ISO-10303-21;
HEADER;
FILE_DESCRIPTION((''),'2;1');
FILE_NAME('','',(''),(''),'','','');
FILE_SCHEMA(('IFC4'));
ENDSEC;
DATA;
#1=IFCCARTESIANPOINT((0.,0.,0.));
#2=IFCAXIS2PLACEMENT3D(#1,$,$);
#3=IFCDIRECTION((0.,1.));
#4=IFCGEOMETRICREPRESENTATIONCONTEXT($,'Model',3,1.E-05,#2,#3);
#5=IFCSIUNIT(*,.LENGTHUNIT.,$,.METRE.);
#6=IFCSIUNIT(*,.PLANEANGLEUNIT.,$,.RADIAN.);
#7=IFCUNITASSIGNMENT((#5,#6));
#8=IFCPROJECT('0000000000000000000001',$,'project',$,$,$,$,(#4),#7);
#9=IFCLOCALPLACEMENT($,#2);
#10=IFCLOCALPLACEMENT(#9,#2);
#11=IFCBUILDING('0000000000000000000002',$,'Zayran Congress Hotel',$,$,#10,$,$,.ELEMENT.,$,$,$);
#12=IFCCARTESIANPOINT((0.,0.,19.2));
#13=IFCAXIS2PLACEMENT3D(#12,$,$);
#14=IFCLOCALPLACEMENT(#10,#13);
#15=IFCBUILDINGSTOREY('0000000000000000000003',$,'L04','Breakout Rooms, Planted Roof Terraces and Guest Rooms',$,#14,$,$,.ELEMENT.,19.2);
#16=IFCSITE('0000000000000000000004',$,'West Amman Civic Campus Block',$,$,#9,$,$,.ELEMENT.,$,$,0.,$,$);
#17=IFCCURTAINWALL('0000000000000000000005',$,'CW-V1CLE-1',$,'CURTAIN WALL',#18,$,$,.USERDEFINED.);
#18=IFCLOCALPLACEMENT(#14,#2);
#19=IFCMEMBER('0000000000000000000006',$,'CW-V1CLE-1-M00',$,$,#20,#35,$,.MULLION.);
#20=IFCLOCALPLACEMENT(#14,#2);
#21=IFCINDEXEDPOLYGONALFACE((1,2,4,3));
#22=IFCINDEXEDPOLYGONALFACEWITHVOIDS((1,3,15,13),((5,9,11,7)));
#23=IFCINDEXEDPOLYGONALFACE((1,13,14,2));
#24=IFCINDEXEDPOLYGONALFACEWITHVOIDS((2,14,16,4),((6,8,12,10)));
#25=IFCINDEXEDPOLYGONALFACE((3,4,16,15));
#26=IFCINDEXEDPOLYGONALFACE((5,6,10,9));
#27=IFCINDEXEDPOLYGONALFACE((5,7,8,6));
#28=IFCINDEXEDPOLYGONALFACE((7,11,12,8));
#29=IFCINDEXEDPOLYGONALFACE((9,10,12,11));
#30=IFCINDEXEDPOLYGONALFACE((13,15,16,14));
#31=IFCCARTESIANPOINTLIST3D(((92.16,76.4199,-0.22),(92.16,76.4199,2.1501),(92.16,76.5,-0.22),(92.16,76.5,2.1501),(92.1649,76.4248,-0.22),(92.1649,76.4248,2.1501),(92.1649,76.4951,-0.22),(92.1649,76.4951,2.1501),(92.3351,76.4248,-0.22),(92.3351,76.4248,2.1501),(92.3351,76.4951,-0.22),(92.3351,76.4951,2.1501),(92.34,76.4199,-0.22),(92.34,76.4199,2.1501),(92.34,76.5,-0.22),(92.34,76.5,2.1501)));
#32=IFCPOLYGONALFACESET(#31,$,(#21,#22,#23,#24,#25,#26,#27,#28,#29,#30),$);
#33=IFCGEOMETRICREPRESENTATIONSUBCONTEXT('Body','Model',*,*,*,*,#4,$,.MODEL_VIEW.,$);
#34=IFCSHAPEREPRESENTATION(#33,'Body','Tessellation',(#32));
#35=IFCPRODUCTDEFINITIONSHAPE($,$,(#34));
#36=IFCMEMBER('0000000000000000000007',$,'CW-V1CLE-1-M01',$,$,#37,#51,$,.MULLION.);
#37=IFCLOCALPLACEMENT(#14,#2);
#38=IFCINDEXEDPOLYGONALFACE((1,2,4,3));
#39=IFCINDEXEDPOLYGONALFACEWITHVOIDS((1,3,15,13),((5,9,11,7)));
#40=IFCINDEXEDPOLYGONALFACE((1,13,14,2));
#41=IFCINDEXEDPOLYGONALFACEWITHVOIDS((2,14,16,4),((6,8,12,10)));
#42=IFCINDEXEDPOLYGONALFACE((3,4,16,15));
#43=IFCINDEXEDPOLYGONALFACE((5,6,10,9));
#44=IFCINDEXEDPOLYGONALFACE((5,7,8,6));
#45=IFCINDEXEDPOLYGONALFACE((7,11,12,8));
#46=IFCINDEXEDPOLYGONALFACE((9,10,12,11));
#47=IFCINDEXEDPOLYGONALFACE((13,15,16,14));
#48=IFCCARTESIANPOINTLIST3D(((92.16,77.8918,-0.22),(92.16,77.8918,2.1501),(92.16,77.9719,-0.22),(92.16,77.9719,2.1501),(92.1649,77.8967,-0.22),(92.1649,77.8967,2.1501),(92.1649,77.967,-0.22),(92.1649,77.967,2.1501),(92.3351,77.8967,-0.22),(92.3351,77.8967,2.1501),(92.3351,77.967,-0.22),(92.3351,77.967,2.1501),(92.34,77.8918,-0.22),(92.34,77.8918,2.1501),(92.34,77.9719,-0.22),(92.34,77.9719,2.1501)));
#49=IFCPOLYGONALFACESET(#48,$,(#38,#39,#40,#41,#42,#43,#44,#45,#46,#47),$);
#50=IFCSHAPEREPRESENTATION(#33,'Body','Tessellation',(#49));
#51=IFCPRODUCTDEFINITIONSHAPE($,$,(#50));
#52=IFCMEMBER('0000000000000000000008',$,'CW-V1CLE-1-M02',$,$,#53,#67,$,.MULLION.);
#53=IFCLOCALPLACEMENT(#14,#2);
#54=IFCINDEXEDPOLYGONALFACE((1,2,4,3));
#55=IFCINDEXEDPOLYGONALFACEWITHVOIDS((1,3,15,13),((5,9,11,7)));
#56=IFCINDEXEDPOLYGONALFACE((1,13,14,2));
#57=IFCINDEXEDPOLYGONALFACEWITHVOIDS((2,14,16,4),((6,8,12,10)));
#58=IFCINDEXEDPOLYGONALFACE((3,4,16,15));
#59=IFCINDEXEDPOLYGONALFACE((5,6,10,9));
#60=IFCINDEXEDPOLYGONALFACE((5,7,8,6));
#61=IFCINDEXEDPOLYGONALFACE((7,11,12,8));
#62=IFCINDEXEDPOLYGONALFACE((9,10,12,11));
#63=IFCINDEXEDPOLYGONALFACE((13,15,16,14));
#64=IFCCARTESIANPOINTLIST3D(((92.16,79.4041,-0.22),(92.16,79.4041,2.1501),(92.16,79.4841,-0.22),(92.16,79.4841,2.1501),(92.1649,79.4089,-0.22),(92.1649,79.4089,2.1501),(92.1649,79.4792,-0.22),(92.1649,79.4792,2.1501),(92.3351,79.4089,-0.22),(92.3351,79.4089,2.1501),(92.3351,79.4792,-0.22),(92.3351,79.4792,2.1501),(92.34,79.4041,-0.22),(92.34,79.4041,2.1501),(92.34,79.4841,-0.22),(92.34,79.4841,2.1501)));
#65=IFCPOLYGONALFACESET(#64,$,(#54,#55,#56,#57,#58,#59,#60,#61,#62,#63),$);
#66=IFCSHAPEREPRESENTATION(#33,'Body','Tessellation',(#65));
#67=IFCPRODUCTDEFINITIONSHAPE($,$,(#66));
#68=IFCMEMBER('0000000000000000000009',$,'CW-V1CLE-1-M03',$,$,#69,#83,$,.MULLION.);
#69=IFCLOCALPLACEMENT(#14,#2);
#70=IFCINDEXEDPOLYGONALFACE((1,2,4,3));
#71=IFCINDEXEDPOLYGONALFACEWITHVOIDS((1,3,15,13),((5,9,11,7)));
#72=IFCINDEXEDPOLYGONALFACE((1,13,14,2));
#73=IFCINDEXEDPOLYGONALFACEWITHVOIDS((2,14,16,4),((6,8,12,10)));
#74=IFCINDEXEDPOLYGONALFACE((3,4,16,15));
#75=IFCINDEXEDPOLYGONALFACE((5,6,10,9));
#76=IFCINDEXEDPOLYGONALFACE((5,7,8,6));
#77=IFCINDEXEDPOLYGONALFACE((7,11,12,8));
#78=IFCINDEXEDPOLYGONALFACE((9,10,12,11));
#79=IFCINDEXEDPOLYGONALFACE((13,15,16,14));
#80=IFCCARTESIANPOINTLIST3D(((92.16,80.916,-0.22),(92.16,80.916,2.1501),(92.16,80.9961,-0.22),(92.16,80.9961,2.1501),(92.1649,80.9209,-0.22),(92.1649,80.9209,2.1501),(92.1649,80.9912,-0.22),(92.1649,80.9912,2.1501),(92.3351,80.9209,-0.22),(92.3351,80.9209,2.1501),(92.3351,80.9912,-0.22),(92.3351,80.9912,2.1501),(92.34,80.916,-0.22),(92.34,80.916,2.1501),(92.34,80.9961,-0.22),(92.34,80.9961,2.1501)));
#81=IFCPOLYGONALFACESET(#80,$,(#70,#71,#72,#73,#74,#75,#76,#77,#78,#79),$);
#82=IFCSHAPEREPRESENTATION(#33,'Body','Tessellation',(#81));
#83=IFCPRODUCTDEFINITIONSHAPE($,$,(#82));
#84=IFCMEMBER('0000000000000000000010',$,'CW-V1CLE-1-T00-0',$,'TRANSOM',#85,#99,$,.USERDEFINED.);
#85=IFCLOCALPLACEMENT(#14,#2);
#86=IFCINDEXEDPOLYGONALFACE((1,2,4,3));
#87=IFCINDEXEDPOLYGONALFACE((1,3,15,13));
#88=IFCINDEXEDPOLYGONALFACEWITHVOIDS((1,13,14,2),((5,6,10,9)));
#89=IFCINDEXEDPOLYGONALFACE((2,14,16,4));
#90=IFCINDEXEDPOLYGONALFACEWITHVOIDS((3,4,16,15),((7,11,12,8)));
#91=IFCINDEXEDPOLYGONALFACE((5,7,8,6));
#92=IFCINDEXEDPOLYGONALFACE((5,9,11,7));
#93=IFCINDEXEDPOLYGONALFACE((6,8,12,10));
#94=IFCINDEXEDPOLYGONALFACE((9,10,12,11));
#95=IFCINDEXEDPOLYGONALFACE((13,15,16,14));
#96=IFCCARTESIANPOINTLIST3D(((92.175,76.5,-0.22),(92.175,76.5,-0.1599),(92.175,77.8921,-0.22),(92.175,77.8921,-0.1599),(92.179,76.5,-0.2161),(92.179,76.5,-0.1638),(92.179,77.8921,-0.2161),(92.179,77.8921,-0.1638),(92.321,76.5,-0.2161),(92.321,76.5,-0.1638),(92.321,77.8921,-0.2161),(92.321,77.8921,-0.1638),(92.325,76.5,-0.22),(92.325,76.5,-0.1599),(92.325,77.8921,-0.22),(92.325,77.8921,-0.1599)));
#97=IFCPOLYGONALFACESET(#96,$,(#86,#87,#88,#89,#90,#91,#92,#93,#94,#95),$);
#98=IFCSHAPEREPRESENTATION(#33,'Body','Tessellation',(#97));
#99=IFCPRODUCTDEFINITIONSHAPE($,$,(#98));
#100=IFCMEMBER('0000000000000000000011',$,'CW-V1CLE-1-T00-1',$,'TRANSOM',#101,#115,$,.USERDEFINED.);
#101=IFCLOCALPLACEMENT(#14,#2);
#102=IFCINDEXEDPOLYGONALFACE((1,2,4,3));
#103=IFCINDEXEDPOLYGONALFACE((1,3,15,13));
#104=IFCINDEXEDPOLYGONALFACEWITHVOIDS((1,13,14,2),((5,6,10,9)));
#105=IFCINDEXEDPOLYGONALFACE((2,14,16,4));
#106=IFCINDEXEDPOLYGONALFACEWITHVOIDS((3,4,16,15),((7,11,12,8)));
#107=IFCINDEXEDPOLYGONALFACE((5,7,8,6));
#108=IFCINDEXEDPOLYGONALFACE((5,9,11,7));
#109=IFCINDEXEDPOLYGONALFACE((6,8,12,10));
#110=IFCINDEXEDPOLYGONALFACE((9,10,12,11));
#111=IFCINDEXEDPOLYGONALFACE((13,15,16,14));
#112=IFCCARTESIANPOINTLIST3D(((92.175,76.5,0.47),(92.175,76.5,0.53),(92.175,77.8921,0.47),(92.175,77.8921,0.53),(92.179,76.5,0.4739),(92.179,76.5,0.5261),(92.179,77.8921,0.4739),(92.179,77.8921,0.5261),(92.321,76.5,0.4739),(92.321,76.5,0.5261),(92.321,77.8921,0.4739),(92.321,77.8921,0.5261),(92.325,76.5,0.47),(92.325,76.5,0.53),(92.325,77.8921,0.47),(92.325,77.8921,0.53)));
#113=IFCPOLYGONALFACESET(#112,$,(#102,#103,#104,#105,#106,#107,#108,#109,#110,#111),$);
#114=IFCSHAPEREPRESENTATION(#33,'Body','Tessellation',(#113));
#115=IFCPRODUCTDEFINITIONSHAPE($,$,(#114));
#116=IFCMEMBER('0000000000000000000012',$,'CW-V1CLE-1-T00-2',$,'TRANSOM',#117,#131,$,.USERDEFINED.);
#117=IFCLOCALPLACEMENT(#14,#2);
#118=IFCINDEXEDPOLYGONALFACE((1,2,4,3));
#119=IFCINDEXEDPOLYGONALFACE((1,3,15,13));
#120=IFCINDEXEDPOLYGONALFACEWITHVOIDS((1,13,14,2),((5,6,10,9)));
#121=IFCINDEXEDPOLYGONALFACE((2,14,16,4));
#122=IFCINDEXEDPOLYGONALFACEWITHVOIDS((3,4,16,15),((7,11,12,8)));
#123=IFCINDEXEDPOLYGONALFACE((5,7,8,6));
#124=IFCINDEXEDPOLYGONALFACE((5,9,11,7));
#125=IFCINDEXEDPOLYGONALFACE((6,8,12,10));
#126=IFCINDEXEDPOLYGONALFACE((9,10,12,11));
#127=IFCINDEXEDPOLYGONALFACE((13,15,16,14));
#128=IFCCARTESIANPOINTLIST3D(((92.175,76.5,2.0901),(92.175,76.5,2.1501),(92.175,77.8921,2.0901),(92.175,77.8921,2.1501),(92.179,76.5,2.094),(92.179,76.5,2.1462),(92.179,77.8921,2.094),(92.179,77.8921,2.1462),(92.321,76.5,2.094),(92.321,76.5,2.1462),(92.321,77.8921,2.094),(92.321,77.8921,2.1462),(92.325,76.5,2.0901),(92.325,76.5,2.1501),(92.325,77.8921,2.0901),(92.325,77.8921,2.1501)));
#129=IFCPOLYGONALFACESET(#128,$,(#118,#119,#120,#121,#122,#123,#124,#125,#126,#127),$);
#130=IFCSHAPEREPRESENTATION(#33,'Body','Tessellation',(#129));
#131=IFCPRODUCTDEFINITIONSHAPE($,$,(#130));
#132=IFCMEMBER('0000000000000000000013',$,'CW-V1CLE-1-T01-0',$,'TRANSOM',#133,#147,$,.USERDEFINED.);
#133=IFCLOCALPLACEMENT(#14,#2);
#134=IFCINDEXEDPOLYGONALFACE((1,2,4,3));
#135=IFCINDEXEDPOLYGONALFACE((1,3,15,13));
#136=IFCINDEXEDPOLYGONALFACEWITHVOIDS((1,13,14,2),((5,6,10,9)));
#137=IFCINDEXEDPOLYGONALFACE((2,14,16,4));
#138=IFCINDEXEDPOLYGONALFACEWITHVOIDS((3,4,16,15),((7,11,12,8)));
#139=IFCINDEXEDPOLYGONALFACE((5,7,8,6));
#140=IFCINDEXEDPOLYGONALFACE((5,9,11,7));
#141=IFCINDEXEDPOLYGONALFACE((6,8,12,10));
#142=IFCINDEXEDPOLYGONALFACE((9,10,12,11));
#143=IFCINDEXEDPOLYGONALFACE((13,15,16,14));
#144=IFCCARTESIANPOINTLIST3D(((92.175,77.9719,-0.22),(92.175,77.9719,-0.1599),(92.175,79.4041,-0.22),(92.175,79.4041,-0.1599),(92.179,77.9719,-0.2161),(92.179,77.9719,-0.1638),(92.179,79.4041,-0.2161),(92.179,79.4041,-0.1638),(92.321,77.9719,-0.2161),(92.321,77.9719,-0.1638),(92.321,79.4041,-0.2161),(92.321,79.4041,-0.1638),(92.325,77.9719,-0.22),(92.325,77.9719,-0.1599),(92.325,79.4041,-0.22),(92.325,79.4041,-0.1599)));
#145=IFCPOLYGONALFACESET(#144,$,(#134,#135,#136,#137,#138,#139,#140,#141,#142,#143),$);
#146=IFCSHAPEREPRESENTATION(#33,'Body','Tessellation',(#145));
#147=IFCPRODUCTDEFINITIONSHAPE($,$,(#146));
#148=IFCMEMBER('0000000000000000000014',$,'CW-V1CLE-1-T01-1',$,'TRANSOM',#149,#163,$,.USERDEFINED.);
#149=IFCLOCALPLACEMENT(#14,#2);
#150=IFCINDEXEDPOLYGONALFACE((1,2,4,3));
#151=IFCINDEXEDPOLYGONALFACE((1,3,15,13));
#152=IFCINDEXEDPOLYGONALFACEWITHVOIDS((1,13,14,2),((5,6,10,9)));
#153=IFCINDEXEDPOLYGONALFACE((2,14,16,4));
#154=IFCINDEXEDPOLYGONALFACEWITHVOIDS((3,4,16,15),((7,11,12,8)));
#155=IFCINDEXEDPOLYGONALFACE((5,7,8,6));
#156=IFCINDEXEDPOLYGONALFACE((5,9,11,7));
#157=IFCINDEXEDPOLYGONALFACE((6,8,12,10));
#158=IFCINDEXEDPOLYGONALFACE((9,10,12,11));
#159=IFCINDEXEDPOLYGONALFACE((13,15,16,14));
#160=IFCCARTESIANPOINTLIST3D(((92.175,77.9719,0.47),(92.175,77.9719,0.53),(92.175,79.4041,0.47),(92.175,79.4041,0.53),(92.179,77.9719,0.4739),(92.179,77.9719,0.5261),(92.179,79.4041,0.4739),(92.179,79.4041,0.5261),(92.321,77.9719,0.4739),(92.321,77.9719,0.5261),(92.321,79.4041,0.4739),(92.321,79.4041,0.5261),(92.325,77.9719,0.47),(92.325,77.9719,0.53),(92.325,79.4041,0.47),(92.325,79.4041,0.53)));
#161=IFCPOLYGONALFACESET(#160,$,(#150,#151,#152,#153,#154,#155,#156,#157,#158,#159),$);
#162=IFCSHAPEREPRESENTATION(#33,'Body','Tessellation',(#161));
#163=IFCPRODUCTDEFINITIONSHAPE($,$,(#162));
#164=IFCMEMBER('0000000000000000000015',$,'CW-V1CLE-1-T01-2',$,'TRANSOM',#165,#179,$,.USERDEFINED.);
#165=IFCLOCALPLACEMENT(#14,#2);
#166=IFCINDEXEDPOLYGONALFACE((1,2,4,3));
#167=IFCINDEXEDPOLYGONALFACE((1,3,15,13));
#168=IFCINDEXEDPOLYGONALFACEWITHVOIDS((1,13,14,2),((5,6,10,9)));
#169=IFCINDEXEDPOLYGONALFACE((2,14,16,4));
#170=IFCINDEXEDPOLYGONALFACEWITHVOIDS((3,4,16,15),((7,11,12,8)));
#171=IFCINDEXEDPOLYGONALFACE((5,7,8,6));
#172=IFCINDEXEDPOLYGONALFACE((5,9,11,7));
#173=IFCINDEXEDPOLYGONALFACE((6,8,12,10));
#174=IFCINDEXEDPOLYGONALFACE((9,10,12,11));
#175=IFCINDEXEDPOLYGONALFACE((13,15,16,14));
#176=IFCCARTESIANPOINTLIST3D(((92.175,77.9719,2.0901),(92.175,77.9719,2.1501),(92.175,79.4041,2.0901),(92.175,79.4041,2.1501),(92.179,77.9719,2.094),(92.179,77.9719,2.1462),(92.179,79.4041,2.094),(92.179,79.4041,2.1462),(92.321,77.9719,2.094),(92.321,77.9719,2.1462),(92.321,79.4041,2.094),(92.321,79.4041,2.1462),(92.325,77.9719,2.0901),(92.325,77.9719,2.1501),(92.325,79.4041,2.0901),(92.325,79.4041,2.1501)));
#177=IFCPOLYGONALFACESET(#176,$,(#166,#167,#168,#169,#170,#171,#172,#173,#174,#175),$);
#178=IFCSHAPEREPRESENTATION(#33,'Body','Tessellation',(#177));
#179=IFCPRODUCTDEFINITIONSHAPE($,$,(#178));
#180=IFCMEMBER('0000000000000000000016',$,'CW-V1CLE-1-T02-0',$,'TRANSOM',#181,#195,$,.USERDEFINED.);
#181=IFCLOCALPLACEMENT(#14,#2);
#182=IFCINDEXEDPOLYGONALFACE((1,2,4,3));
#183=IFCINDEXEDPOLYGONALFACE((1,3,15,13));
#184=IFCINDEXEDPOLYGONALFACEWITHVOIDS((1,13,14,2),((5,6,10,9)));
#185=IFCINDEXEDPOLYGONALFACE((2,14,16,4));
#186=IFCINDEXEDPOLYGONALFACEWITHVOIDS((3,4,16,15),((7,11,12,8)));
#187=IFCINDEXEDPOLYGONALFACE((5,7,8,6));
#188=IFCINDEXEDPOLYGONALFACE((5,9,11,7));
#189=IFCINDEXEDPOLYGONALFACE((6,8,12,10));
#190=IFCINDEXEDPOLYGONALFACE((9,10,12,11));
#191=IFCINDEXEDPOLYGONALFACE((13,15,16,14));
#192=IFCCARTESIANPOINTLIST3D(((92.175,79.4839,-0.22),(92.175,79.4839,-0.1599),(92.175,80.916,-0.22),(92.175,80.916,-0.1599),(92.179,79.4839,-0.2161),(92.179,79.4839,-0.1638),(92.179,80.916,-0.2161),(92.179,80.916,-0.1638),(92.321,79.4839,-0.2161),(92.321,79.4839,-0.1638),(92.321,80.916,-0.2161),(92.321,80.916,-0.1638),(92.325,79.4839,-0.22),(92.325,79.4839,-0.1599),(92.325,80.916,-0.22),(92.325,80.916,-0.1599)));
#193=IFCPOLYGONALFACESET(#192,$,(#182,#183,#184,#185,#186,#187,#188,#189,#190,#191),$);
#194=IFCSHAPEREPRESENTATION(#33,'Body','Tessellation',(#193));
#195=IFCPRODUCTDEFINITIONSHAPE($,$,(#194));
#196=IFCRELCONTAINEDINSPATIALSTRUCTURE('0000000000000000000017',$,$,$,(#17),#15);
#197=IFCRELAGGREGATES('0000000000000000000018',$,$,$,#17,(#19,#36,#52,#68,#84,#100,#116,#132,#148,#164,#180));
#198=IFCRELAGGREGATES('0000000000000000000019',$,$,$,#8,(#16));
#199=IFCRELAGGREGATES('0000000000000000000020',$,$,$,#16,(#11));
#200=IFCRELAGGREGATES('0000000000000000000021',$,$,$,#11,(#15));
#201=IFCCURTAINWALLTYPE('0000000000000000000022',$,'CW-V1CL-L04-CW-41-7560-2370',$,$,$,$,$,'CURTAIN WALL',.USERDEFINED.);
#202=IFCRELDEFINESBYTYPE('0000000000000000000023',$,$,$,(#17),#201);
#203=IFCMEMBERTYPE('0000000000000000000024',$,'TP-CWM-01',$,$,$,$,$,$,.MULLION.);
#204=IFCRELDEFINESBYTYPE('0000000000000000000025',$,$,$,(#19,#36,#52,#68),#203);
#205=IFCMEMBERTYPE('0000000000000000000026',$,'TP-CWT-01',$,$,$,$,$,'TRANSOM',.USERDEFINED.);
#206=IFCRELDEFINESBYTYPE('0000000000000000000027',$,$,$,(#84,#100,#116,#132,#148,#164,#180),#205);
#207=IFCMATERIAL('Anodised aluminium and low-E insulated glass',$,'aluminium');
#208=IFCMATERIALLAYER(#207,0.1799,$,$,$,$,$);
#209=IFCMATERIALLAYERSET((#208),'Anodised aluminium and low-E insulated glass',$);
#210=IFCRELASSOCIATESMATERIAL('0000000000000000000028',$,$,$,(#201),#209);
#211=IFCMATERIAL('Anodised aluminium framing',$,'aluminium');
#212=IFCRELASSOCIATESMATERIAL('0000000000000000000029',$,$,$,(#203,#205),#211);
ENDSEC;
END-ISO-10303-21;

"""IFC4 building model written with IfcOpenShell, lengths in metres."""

from ifc_helpers import new_model, si_unit, direction, frame, origin, origin_2d, place, context, subcontext, project, spatial, hollow_rectangle, extrude, material, layer, layer_set, material_profile, profile_set, type_object, element, aggregate, save


model = new_model("IFC4")

# Units and contexts
model_context = context("Model", 3, precision=1e-05, world=origin(), true_north=direction((0.0, 1.0)))
body_context = subcontext(model_context, "Body", "Model", "MODEL_VIEW")
ifc_project = project(units=[si_unit("LENGTHUNIT", "METRE"), si_unit("PLANEANGLEUNIT", "RADIAN")], contexts=[model_context])

# Site, building, storey
site_placement = place(None, origin())
site = spatial("IfcSite", under=ifc_project, at=site_placement, Name="West Amman Civic Campus Block", CompositionType="ELEMENT", RefElevation=0.0)
building_placement = place(site_placement, origin())
building = spatial("IfcBuilding", under=site, at=building_placement, Name="Zayran Congress Hotel", CompositionType="ELEMENT")
storey_placement = place(building_placement, frame((0.0, 0.0, 19.2)))
storey = spatial("IfcBuildingStorey", under=building, at=storey_placement, Name="L04", Description="Breakout Rooms, Planted Roof Terraces and Guest Rooms", CompositionType="ELEMENT", Elevation=19.2)

# Curtain wall, members
ifc_material_1 = material(Name="Anodised aluminium and low-E insulated glass", Category="aluminium")
ifc_layer_1 = layer(ifc_material_1, 0.1799)
ifc_layer_set_1 = layer_set([ifc_layer_1], Name="Anodised aluminium and low-E insulated glass")
curtain_wall_type = type_object("IfcCurtainWallType", Name="CW-V1CL-L04-CW-41-7560-2370", ElementType="CURTAIN WALL", PredefinedType="USERDEFINED", material=ifc_layer_set_1)
curtain_wall_placement = place(storey_placement, origin())
curtain_wall = element("IfcCurtainWall", 1, at=curtain_wall_placement, inside=storey, type_object=curtain_wall_type, Name="CW-V1CLE-1", ObjectType="CURTAIN WALL", PredefinedType="USERDEFINED")
ifc_material_2 = material(Name="Anodised aluminium framing", Category="aluminium")
ifc_material_profile_1 = material_profile(ifc_material_2, hollow_rectangle(XDim=0.0801, YDim=0.1799, WallThickness=0.0049, at=origin_2d()), Name="RHS 180x80x5")
ifc_profile_set_1 = profile_set([ifc_material_profile_1], Name="Anodised aluminium framing")
member_type_1 = type_object("IfcMemberType", Name="TP-CWM-01", PredefinedType="MULLION", material=ifc_profile_set_1)
member_1_placement = place(storey_placement, frame((92.25, 76.46, -0.22), z_axis=(0.0, 0.0, 1.0), x_axis=(0.0, 1.0, 0.0)))
member_1 = element("IfcMember", 2, at=member_1_placement, type_object=member_type_1, Name="CW-V1CLE-1-M00", PredefinedType="MULLION", context=body_context, shape_type="SweptSolid", body=[
    extrude(hollow_rectangle(XDim=0.0801, YDim=0.1799, WallThickness=0.0049, at=origin_2d()), origin(), (0.0, 0.0, 1.0), 2.3701),
])
member_2_placement = place(storey_placement, frame((92.25, 77.9319, -0.22), z_axis=(0.0, 0.0, 1.0), x_axis=(0.0, 1.0, 0.0)))
member_2 = element("IfcMember", 3, at=member_2_placement, type_object=member_type_1, Name="CW-V1CLE-1-M01", PredefinedType="MULLION", context=body_context, shape_type="SweptSolid", body=[
    extrude(hollow_rectangle(XDim=0.0801, YDim=0.1799, WallThickness=0.0049, at=origin_2d()), origin(), (0.0, 0.0, 1.0), 2.3701),
])
member_3_placement = place(storey_placement, frame((92.25, 79.4441, -0.22), z_axis=(0.0, 0.0, 1.0), x_axis=(0.0, 1.0, 0.0)))
member_3 = element("IfcMember", 4, at=member_3_placement, type_object=member_type_1, Name="CW-V1CLE-1-M02", PredefinedType="MULLION", context=body_context, shape_type="SweptSolid", body=[
    extrude(hollow_rectangle(XDim=0.0801, YDim=0.1799, WallThickness=0.0049, at=origin_2d()), origin(), (0.0, 0.0, 1.0), 2.3701),
])
member_4_placement = place(storey_placement, frame((92.25, 80.9561, -0.22), z_axis=(0.0, 0.0, 1.0), x_axis=(0.0, 1.0, 0.0)))
member_4 = element("IfcMember", 5, at=member_4_placement, type_object=member_type_1, Name="CW-V1CLE-1-M03", PredefinedType="MULLION", context=body_context, shape_type="SweptSolid", body=[
    extrude(hollow_rectangle(XDim=0.0801, YDim=0.1799, WallThickness=0.0049, at=origin_2d()), origin(), (0.0, 0.0, 1.0), 2.3701),
])
ifc_material_profile_2 = material_profile(ifc_material_2, hollow_rectangle(XDim=0.0601, YDim=0.1499, WallThickness=0.0039, at=origin_2d()), Name="RHS 150x60x4")
ifc_profile_set_2 = profile_set([ifc_material_profile_2], Name="Anodised aluminium framing")
member_type_2 = type_object("IfcMemberType", Name="TP-CWT-01", ElementType="TRANSOM", PredefinedType="USERDEFINED", material=ifc_profile_set_2)
member_5_placement = place(storey_placement, frame((92.25, 76.5, -0.1899), z_axis=(0.0, 1.0, 0.0), x_axis=(0.0, 0.0, 1.0)))
member_5 = element("IfcMember", 6, at=member_5_placement, type_object=member_type_2, Name="CW-V1CLE-1-T00-0", ObjectType="TRANSOM", PredefinedType="USERDEFINED", context=body_context, shape_type="SweptSolid", body=[
    extrude(hollow_rectangle(XDim=0.0601, YDim=0.1499, WallThickness=0.0039, at=origin_2d()), origin(), (0.0, 0.0, 1.0), 1.3921),
])
member_6_placement = place(storey_placement, frame((92.25, 76.5, 0.5), z_axis=(0.0, 1.0, 0.0), x_axis=(0.0, 0.0, 1.0)))
member_6 = element("IfcMember", 7, at=member_6_placement, type_object=member_type_2, Name="CW-V1CLE-1-T00-1", ObjectType="TRANSOM", PredefinedType="USERDEFINED", context=body_context, shape_type="SweptSolid", body=[
    extrude(hollow_rectangle(XDim=0.0601, YDim=0.1499, WallThickness=0.0039, at=origin_2d()), origin(), (0.0, 0.0, 1.0), 1.3921),
])
member_7_placement = place(storey_placement, frame((92.25, 76.5, 2.1201), z_axis=(0.0, 1.0, 0.0), x_axis=(0.0, 0.0, 1.0)))
member_7 = element("IfcMember", 8, at=member_7_placement, type_object=member_type_2, Name="CW-V1CLE-1-T00-2", ObjectType="TRANSOM", PredefinedType="USERDEFINED", context=body_context, shape_type="SweptSolid", body=[
    extrude(hollow_rectangle(XDim=0.0601, YDim=0.1499, WallThickness=0.0039, at=origin_2d()), origin(), (0.0, 0.0, 1.0), 1.3921),
])
member_8_placement = place(storey_placement, frame((92.25, 77.9719, -0.1899), z_axis=(0.0, 1.0, 0.0), x_axis=(0.0, 0.0, 1.0)))
member_8 = element("IfcMember", 9, at=member_8_placement, type_object=member_type_2, Name="CW-V1CLE-1-T01-0", ObjectType="TRANSOM", PredefinedType="USERDEFINED", context=body_context, shape_type="SweptSolid", body=[
    extrude(hollow_rectangle(XDim=0.0601, YDim=0.1499, WallThickness=0.0039, at=origin_2d()), origin(), (0.0, 0.0, 1.0), 1.4321),
])
member_9_placement = place(storey_placement, frame((92.25, 77.9719, 0.5), z_axis=(0.0, 1.0, 0.0), x_axis=(0.0, 0.0, 1.0)))
member_9 = element("IfcMember", 10, at=member_9_placement, type_object=member_type_2, Name="CW-V1CLE-1-T01-1", ObjectType="TRANSOM", PredefinedType="USERDEFINED", context=body_context, shape_type="SweptSolid", body=[
    extrude(hollow_rectangle(XDim=0.0601, YDim=0.1499, WallThickness=0.0039, at=origin_2d()), origin(), (0.0, 0.0, 1.0), 1.4321),
])
member_10_placement = place(storey_placement, frame((92.25, 77.9719, 2.1201), z_axis=(0.0, 1.0, 0.0), x_axis=(0.0, 0.0, 1.0)))
member_10 = element("IfcMember", 11, at=member_10_placement, type_object=member_type_2, Name="CW-V1CLE-1-T01-2", ObjectType="TRANSOM", PredefinedType="USERDEFINED", context=body_context, shape_type="SweptSolid", body=[
    extrude(hollow_rectangle(XDim=0.0601, YDim=0.1499, WallThickness=0.0039, at=origin_2d()), origin(), (0.0, 0.0, 1.0), 1.4321),
])
member_11_placement = place(storey_placement, frame((92.25, 79.4839, -0.1899), z_axis=(0.0, 1.0, 0.0), x_axis=(0.0, 0.0, 1.0)))
member_11 = element("IfcMember", 12, at=member_11_placement, type_object=member_type_2, Name="CW-V1CLE-1-T02-0", ObjectType="TRANSOM", PredefinedType="USERDEFINED", context=body_context, shape_type="SweptSolid", body=[
    extrude(hollow_rectangle(XDim=0.0601, YDim=0.1499, WallThickness=0.0039, at=origin_2d()), origin(), (0.0, 0.0, 1.0), 1.4321),
])
aggregate(curtain_wall, [member_1, member_2, member_3, member_4, member_5, member_6, member_7, member_8, member_9, member_10, member_11])

save(model, "model.ifc")
